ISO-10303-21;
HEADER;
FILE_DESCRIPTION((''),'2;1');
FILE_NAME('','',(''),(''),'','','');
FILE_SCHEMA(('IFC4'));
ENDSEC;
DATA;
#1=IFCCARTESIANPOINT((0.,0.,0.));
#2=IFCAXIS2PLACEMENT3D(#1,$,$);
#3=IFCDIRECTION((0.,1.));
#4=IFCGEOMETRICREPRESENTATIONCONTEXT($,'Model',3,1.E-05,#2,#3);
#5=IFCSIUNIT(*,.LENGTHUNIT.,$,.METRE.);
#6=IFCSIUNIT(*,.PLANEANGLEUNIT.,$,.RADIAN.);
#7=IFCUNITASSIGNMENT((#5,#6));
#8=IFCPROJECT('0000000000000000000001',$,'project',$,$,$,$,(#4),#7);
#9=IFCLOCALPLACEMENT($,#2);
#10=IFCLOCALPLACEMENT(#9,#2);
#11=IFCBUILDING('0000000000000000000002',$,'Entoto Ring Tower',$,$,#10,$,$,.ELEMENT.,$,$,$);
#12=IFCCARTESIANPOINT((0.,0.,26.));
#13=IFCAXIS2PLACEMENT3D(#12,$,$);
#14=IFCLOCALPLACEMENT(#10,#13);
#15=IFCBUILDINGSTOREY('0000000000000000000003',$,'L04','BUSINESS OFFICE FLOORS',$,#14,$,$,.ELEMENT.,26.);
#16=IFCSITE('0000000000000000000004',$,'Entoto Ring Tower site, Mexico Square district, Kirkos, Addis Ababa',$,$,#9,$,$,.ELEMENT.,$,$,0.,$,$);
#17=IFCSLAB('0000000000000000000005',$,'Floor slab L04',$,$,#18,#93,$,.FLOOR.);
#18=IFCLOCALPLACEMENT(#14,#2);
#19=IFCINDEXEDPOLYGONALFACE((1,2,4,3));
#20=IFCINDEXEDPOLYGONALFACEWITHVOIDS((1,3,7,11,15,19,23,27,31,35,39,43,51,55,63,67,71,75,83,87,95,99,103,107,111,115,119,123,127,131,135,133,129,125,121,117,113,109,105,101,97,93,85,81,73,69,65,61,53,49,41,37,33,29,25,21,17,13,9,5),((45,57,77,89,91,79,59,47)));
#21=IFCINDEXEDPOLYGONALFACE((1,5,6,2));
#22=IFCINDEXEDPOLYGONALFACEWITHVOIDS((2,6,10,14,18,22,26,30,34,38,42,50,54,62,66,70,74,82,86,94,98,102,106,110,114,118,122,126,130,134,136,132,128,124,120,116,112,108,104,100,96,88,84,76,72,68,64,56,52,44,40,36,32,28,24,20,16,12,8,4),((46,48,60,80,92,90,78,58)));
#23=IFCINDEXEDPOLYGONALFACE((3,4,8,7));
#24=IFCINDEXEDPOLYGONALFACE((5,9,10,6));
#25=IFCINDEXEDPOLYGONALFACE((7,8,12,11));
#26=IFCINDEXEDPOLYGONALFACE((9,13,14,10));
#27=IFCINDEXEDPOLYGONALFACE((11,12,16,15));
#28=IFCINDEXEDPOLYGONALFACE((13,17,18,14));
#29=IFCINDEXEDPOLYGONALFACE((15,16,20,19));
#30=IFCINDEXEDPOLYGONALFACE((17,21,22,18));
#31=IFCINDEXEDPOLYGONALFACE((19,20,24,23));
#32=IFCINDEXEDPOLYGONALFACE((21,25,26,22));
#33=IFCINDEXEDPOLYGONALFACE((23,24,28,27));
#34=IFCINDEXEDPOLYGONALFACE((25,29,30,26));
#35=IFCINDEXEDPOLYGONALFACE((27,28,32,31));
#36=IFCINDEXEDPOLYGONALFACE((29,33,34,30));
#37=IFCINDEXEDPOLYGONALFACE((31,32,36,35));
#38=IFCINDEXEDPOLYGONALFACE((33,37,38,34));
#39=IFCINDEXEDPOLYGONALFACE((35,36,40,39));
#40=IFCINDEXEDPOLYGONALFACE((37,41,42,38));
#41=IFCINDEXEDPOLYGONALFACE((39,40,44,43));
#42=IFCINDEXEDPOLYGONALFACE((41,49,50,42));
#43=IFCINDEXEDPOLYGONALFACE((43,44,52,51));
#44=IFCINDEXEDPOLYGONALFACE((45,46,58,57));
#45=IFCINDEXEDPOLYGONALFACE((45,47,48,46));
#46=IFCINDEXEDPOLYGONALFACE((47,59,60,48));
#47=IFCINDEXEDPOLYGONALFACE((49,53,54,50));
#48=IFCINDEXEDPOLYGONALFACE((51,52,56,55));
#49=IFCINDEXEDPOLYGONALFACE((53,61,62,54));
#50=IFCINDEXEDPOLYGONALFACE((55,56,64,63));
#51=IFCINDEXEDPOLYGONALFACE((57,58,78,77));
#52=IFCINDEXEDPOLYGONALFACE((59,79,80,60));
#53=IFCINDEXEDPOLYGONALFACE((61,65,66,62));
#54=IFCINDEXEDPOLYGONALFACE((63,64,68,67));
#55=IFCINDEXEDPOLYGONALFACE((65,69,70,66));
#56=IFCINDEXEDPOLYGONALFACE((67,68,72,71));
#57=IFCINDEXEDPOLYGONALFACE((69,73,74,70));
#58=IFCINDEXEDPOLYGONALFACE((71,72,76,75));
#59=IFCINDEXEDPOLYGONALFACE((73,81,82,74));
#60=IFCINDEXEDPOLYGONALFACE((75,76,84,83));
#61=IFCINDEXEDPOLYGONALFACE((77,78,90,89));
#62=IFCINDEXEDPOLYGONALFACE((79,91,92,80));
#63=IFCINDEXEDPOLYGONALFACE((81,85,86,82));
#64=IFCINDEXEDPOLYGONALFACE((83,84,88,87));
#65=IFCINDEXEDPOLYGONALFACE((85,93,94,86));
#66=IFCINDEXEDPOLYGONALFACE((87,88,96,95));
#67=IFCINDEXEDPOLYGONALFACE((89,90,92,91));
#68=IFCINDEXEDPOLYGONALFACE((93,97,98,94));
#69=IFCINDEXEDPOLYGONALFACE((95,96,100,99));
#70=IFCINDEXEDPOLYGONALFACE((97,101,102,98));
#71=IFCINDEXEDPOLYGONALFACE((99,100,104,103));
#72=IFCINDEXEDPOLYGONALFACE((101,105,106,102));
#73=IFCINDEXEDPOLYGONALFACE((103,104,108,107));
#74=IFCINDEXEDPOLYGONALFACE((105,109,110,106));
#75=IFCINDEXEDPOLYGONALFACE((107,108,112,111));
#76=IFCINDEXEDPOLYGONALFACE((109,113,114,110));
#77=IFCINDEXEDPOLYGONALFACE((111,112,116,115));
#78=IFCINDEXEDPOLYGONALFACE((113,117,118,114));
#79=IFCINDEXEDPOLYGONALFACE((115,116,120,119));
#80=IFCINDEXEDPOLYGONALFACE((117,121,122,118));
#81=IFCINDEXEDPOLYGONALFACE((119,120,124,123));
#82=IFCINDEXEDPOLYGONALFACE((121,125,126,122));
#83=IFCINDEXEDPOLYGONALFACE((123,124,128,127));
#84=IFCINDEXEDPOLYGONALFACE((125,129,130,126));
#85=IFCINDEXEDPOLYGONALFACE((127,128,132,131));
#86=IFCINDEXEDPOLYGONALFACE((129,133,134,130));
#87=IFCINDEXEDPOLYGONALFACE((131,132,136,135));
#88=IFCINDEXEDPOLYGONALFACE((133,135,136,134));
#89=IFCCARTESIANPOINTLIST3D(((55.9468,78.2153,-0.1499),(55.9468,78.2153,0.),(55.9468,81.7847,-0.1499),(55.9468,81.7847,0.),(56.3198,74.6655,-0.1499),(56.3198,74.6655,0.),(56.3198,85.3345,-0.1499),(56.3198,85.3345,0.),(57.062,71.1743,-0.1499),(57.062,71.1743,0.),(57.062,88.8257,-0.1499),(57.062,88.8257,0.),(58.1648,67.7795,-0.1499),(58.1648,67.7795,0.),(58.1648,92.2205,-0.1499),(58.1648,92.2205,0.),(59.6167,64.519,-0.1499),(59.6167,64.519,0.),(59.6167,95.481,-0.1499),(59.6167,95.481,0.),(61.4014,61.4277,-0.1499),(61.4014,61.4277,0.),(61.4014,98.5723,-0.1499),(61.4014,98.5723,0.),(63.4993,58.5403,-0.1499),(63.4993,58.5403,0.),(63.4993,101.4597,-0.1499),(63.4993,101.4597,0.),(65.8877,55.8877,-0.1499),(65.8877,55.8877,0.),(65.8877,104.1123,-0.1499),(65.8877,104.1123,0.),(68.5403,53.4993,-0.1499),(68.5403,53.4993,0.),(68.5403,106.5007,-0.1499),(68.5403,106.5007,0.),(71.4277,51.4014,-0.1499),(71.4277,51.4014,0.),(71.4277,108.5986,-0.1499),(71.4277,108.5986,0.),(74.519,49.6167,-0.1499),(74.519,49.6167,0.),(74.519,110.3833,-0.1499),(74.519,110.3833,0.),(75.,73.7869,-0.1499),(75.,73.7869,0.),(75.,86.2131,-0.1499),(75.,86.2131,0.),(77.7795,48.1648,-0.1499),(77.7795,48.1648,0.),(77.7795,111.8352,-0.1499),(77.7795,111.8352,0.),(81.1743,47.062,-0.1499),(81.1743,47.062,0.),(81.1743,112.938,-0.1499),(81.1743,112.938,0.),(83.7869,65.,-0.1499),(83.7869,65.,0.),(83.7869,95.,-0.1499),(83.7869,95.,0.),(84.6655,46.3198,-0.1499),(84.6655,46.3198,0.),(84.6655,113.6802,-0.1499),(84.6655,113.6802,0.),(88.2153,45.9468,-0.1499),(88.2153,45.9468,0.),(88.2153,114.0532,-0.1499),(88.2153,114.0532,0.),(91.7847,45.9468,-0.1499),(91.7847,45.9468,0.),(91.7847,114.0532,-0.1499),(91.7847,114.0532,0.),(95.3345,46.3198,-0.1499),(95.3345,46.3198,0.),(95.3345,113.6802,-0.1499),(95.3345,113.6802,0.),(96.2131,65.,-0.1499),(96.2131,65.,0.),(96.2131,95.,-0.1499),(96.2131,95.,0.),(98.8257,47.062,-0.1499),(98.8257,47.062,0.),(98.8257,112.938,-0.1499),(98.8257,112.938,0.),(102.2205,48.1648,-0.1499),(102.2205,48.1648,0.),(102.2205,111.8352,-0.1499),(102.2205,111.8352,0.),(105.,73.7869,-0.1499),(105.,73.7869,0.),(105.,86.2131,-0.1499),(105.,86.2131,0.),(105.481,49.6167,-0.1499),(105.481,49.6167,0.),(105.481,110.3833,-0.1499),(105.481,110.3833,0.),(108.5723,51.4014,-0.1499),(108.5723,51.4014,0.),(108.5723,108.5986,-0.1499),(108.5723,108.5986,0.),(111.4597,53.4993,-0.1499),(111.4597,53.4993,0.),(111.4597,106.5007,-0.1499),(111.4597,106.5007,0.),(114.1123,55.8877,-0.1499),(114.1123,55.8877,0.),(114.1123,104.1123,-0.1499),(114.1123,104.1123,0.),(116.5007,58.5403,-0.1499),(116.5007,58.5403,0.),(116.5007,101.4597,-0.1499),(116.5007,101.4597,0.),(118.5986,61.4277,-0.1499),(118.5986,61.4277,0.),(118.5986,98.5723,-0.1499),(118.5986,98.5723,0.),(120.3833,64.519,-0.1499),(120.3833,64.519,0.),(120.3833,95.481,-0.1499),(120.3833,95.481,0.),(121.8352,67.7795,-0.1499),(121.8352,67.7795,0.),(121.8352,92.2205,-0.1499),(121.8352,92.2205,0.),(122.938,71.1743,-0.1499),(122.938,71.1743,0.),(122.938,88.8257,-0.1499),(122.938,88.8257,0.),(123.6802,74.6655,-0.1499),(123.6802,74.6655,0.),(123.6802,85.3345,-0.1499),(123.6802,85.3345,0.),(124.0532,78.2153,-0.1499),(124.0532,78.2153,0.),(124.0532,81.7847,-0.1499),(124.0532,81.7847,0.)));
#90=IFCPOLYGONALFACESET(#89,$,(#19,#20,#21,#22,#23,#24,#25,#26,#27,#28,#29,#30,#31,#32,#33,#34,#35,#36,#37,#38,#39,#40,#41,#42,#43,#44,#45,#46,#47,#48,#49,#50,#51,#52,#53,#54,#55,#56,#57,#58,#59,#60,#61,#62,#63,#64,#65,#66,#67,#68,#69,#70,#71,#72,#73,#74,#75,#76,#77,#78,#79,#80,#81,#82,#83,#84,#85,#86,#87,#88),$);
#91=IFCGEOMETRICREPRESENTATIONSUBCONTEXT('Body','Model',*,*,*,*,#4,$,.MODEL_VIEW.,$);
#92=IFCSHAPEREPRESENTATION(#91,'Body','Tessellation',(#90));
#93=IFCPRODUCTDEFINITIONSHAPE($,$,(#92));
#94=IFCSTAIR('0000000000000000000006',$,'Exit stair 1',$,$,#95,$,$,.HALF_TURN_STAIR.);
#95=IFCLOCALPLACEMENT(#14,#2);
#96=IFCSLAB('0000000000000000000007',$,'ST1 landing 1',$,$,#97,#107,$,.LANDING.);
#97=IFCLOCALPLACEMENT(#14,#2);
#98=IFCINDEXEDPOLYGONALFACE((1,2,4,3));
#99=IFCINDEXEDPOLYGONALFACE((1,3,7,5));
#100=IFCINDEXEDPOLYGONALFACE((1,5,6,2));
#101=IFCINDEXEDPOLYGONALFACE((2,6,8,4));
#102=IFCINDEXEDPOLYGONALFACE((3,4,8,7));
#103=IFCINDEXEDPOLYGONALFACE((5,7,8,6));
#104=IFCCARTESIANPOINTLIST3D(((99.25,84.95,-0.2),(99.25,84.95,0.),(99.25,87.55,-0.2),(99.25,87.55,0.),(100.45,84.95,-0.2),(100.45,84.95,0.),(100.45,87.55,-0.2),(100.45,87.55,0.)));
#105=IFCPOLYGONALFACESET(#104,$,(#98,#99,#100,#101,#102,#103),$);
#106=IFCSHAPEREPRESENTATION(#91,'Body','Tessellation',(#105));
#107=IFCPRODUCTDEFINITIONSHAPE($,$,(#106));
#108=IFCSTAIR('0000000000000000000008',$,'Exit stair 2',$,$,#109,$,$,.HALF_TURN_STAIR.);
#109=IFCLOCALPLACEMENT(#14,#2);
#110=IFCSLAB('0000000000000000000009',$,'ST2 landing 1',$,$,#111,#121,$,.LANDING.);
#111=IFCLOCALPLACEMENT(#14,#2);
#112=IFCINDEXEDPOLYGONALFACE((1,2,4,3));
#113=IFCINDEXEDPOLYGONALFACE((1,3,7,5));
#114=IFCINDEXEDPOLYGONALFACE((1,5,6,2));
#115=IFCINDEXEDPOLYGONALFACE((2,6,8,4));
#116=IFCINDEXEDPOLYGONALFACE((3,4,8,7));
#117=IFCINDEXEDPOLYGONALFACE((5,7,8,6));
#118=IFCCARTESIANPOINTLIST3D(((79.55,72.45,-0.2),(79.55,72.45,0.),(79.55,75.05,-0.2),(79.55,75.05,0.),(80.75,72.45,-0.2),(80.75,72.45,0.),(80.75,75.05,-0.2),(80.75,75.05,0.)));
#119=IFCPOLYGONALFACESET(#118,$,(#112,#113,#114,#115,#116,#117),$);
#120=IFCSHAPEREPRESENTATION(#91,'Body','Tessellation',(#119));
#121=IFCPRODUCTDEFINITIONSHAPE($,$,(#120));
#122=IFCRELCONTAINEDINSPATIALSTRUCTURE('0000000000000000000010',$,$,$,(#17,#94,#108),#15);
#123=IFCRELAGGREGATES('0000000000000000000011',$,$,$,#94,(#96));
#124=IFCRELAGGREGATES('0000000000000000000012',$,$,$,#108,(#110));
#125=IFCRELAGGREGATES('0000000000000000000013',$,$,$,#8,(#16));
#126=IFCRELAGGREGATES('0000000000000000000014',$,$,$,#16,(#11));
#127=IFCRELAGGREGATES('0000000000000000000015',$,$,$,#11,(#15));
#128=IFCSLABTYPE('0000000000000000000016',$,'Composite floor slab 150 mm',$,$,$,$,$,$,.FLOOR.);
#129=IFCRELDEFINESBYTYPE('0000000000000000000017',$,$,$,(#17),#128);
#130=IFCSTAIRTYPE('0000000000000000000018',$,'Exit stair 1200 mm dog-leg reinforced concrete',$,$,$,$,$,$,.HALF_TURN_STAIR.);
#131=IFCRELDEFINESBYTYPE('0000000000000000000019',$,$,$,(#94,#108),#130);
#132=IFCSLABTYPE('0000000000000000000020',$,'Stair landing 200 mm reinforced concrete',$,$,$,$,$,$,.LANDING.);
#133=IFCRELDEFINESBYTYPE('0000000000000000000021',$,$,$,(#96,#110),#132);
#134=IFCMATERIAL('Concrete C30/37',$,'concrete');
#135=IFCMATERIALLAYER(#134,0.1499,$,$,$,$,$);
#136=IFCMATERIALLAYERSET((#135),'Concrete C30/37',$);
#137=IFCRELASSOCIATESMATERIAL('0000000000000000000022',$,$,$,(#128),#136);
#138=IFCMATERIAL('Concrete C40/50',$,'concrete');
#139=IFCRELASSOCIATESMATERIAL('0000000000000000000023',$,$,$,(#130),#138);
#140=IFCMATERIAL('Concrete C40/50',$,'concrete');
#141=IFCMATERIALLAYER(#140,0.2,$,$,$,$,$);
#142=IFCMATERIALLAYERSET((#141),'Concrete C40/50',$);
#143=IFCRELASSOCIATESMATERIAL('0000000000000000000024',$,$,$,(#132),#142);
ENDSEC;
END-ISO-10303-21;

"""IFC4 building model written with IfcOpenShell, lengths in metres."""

from ifc_helpers import new_model, si_unit, direction, frame, origin, place, context, subcontext, project, spatial, polyline, outline, extrude, material, layer, layer_set, type_object, element, aggregate, save


model = new_model("IFC4")

# Units and contexts
model_context = context("Model", 3, precision=1e-05, world=origin(), true_north=direction((0.0, 1.0)))
body_context = subcontext(model_context, "Body", "Model", "MODEL_VIEW")
ifc_project = project(units=[si_unit("LENGTHUNIT", "METRE"), si_unit("PLANEANGLEUNIT", "RADIAN")], contexts=[model_context])

# Site, building, storey
site_placement = place(None, origin())
building_placement = place(site_placement, origin())
storey_placement = place(building_placement, frame((0.0, 0.0, 26.0)))
site = spatial("IfcSite", under=ifc_project, at=site_placement, Name="Entoto Ring Tower site, Mexico Square district, Kirkos, Addis Ababa", CompositionType="ELEMENT", RefElevation=0.0)
building = spatial("IfcBuilding", under=site, at=building_placement, Name="Entoto Ring Tower", CompositionType="ELEMENT")
storey = spatial("IfcBuildingStorey", under=building, at=storey_placement, Name="L04", Description="BUSINESS OFFICE FLOORS", CompositionType="ELEMENT", Elevation=26.0)

# Slab
ifc_material_1 = material(Name="Concrete C30/37", Category="concrete")
ifc_layer_1 = layer(ifc_material_1, 0.1499)
ifc_layer_set_1 = layer_set([ifc_layer_1], Name="Concrete C30/37")
slab_type_1 = type_object("IfcSlabType", Name="Composite floor slab 150 mm", PredefinedType="FLOOR", material=ifc_layer_set_1)
slab_1_placement = place(storey_placement, frame((0.0, 0.0, -0.1499)))
element("IfcSlab", 1, at=slab_1_placement, inside=storey, type_object=slab_type_1, Name="Floor slab L04", PredefinedType="FLOOR", context=body_context, shape_type="SweptSolid", body=[
    extrude(outline(polyline([(123.6802, 85.3345), (122.938, 88.8257), (121.8352, 92.2205), (120.3833, 95.481), (118.5986, 98.5723), (116.5007, 101.4597), (114.1123, 104.1123), (111.4597, 106.5007), (108.5723, 108.5986), (105.481, 110.3833), (102.2205, 111.8352), (98.8257, 112.938), (95.3345, 113.6802), (91.7847, 114.0532), (88.2153, 114.0532), (84.6655, 113.6802), (81.1743, 112.938), (77.7795, 111.8352), (74.519, 110.3833), (71.4277, 108.5986), (68.5403, 106.5007), (65.8877, 104.1123), (63.4993, 101.4597), (61.4014, 98.5723), (59.6167, 95.481), (58.1648, 92.2205), (57.062, 88.8257), (56.3198, 85.3345), (55.9468, 81.7847), (55.9468, 78.2153), (56.3198, 74.6655), (57.062, 71.1743), (58.1648, 67.7795), (59.6167, 64.519), (61.4014, 61.4277), (63.4993, 58.5403), (65.8877, 55.8877), (68.5403, 53.4993), (71.4277, 51.4014), (74.519, 49.6167), (77.7795, 48.1648), (81.1743, 47.062), (84.6655, 46.3198), (88.2153, 45.9468), (91.7847, 45.9468), (95.3345, 46.3198), (98.8257, 47.062), (102.2205, 48.1648), (105.481, 49.6167), (108.5723, 51.4014), (111.4597, 53.4993), (114.1123, 55.8877), (116.5007, 58.5403), (118.5986, 61.4277), (120.3833, 64.519), (121.8352, 67.7795), (122.938, 71.1743), (123.6802, 74.6655), (124.0532, 78.2153), (124.0532, 81.7847), (123.6802, 85.3345)]), holes=[polyline([(105.0, 73.7869), (105.0, 86.2131), (96.2131, 95.0), (83.7869, 95.0), (75.0, 86.2131), (75.0, 73.7869), (83.7869, 65.0), (96.2131, 65.0), (105.0, 73.7869)])]), origin(), (0.0, 0.0, 1.0), 0.1499),
])

# Stairs, slabs
ifc_material_2 = material(Name="Concrete C40/50", Category="concrete")
stair_type = type_object("IfcStairType", Name="Exit stair 1200 mm dog-leg reinforced concrete", PredefinedType="HALF_TURN_STAIR", material=ifc_material_2)
stair_1_placement = place(storey_placement, origin())
stair_1 = element("IfcStair", 2, at=stair_1_placement, inside=storey, type_object=stair_type, Name="Exit stair 1", PredefinedType="HALF_TURN_STAIR")
ifc_material_3 = material(Name="Concrete C40/50", Category="concrete")
ifc_layer_2 = layer(ifc_material_3, 0.2)
ifc_layer_set_2 = layer_set([ifc_layer_2], Name="Concrete C40/50")
slab_type_2 = type_object("IfcSlabType", Name="Stair landing 200 mm reinforced concrete", PredefinedType="LANDING", material=ifc_layer_set_2)
slab_2_placement = place(storey_placement, frame((0.0, 0.0, -0.2)))
slab_2 = element("IfcSlab", 3, at=slab_2_placement, type_object=slab_type_2, Name="ST1 landing 1", PredefinedType="LANDING", context=body_context, shape_type="SweptSolid", body=[
    extrude(outline(polyline([(100.45, 84.95), (100.45, 87.55), (99.25, 87.55), (99.25, 84.95), (100.45, 84.95)])), origin(), (0.0, 0.0, 1.0), 0.2),
])
aggregate(stair_1, [slab_2])
stair_2_placement = place(storey_placement, origin())
stair_2 = element("IfcStair", 4, at=stair_2_placement, inside=storey, type_object=stair_type, Name="Exit stair 2", PredefinedType="HALF_TURN_STAIR")
slab_3_placement = place(storey_placement, frame((0.0, 0.0, -0.2)))
slab_3 = element("IfcSlab", 5, at=slab_3_placement, type_object=slab_type_2, Name="ST2 landing 1", PredefinedType="LANDING", context=body_context, shape_type="SweptSolid", body=[
    extrude(outline(polyline([(80.75, 72.45), (80.75, 75.05), (79.55, 75.05), (79.55, 72.45), (80.75, 72.45)])), origin(), (0.0, 0.0, 1.0), 0.2),
])
aggregate(stair_2, [slab_3])

save(model, "model.ifc")
